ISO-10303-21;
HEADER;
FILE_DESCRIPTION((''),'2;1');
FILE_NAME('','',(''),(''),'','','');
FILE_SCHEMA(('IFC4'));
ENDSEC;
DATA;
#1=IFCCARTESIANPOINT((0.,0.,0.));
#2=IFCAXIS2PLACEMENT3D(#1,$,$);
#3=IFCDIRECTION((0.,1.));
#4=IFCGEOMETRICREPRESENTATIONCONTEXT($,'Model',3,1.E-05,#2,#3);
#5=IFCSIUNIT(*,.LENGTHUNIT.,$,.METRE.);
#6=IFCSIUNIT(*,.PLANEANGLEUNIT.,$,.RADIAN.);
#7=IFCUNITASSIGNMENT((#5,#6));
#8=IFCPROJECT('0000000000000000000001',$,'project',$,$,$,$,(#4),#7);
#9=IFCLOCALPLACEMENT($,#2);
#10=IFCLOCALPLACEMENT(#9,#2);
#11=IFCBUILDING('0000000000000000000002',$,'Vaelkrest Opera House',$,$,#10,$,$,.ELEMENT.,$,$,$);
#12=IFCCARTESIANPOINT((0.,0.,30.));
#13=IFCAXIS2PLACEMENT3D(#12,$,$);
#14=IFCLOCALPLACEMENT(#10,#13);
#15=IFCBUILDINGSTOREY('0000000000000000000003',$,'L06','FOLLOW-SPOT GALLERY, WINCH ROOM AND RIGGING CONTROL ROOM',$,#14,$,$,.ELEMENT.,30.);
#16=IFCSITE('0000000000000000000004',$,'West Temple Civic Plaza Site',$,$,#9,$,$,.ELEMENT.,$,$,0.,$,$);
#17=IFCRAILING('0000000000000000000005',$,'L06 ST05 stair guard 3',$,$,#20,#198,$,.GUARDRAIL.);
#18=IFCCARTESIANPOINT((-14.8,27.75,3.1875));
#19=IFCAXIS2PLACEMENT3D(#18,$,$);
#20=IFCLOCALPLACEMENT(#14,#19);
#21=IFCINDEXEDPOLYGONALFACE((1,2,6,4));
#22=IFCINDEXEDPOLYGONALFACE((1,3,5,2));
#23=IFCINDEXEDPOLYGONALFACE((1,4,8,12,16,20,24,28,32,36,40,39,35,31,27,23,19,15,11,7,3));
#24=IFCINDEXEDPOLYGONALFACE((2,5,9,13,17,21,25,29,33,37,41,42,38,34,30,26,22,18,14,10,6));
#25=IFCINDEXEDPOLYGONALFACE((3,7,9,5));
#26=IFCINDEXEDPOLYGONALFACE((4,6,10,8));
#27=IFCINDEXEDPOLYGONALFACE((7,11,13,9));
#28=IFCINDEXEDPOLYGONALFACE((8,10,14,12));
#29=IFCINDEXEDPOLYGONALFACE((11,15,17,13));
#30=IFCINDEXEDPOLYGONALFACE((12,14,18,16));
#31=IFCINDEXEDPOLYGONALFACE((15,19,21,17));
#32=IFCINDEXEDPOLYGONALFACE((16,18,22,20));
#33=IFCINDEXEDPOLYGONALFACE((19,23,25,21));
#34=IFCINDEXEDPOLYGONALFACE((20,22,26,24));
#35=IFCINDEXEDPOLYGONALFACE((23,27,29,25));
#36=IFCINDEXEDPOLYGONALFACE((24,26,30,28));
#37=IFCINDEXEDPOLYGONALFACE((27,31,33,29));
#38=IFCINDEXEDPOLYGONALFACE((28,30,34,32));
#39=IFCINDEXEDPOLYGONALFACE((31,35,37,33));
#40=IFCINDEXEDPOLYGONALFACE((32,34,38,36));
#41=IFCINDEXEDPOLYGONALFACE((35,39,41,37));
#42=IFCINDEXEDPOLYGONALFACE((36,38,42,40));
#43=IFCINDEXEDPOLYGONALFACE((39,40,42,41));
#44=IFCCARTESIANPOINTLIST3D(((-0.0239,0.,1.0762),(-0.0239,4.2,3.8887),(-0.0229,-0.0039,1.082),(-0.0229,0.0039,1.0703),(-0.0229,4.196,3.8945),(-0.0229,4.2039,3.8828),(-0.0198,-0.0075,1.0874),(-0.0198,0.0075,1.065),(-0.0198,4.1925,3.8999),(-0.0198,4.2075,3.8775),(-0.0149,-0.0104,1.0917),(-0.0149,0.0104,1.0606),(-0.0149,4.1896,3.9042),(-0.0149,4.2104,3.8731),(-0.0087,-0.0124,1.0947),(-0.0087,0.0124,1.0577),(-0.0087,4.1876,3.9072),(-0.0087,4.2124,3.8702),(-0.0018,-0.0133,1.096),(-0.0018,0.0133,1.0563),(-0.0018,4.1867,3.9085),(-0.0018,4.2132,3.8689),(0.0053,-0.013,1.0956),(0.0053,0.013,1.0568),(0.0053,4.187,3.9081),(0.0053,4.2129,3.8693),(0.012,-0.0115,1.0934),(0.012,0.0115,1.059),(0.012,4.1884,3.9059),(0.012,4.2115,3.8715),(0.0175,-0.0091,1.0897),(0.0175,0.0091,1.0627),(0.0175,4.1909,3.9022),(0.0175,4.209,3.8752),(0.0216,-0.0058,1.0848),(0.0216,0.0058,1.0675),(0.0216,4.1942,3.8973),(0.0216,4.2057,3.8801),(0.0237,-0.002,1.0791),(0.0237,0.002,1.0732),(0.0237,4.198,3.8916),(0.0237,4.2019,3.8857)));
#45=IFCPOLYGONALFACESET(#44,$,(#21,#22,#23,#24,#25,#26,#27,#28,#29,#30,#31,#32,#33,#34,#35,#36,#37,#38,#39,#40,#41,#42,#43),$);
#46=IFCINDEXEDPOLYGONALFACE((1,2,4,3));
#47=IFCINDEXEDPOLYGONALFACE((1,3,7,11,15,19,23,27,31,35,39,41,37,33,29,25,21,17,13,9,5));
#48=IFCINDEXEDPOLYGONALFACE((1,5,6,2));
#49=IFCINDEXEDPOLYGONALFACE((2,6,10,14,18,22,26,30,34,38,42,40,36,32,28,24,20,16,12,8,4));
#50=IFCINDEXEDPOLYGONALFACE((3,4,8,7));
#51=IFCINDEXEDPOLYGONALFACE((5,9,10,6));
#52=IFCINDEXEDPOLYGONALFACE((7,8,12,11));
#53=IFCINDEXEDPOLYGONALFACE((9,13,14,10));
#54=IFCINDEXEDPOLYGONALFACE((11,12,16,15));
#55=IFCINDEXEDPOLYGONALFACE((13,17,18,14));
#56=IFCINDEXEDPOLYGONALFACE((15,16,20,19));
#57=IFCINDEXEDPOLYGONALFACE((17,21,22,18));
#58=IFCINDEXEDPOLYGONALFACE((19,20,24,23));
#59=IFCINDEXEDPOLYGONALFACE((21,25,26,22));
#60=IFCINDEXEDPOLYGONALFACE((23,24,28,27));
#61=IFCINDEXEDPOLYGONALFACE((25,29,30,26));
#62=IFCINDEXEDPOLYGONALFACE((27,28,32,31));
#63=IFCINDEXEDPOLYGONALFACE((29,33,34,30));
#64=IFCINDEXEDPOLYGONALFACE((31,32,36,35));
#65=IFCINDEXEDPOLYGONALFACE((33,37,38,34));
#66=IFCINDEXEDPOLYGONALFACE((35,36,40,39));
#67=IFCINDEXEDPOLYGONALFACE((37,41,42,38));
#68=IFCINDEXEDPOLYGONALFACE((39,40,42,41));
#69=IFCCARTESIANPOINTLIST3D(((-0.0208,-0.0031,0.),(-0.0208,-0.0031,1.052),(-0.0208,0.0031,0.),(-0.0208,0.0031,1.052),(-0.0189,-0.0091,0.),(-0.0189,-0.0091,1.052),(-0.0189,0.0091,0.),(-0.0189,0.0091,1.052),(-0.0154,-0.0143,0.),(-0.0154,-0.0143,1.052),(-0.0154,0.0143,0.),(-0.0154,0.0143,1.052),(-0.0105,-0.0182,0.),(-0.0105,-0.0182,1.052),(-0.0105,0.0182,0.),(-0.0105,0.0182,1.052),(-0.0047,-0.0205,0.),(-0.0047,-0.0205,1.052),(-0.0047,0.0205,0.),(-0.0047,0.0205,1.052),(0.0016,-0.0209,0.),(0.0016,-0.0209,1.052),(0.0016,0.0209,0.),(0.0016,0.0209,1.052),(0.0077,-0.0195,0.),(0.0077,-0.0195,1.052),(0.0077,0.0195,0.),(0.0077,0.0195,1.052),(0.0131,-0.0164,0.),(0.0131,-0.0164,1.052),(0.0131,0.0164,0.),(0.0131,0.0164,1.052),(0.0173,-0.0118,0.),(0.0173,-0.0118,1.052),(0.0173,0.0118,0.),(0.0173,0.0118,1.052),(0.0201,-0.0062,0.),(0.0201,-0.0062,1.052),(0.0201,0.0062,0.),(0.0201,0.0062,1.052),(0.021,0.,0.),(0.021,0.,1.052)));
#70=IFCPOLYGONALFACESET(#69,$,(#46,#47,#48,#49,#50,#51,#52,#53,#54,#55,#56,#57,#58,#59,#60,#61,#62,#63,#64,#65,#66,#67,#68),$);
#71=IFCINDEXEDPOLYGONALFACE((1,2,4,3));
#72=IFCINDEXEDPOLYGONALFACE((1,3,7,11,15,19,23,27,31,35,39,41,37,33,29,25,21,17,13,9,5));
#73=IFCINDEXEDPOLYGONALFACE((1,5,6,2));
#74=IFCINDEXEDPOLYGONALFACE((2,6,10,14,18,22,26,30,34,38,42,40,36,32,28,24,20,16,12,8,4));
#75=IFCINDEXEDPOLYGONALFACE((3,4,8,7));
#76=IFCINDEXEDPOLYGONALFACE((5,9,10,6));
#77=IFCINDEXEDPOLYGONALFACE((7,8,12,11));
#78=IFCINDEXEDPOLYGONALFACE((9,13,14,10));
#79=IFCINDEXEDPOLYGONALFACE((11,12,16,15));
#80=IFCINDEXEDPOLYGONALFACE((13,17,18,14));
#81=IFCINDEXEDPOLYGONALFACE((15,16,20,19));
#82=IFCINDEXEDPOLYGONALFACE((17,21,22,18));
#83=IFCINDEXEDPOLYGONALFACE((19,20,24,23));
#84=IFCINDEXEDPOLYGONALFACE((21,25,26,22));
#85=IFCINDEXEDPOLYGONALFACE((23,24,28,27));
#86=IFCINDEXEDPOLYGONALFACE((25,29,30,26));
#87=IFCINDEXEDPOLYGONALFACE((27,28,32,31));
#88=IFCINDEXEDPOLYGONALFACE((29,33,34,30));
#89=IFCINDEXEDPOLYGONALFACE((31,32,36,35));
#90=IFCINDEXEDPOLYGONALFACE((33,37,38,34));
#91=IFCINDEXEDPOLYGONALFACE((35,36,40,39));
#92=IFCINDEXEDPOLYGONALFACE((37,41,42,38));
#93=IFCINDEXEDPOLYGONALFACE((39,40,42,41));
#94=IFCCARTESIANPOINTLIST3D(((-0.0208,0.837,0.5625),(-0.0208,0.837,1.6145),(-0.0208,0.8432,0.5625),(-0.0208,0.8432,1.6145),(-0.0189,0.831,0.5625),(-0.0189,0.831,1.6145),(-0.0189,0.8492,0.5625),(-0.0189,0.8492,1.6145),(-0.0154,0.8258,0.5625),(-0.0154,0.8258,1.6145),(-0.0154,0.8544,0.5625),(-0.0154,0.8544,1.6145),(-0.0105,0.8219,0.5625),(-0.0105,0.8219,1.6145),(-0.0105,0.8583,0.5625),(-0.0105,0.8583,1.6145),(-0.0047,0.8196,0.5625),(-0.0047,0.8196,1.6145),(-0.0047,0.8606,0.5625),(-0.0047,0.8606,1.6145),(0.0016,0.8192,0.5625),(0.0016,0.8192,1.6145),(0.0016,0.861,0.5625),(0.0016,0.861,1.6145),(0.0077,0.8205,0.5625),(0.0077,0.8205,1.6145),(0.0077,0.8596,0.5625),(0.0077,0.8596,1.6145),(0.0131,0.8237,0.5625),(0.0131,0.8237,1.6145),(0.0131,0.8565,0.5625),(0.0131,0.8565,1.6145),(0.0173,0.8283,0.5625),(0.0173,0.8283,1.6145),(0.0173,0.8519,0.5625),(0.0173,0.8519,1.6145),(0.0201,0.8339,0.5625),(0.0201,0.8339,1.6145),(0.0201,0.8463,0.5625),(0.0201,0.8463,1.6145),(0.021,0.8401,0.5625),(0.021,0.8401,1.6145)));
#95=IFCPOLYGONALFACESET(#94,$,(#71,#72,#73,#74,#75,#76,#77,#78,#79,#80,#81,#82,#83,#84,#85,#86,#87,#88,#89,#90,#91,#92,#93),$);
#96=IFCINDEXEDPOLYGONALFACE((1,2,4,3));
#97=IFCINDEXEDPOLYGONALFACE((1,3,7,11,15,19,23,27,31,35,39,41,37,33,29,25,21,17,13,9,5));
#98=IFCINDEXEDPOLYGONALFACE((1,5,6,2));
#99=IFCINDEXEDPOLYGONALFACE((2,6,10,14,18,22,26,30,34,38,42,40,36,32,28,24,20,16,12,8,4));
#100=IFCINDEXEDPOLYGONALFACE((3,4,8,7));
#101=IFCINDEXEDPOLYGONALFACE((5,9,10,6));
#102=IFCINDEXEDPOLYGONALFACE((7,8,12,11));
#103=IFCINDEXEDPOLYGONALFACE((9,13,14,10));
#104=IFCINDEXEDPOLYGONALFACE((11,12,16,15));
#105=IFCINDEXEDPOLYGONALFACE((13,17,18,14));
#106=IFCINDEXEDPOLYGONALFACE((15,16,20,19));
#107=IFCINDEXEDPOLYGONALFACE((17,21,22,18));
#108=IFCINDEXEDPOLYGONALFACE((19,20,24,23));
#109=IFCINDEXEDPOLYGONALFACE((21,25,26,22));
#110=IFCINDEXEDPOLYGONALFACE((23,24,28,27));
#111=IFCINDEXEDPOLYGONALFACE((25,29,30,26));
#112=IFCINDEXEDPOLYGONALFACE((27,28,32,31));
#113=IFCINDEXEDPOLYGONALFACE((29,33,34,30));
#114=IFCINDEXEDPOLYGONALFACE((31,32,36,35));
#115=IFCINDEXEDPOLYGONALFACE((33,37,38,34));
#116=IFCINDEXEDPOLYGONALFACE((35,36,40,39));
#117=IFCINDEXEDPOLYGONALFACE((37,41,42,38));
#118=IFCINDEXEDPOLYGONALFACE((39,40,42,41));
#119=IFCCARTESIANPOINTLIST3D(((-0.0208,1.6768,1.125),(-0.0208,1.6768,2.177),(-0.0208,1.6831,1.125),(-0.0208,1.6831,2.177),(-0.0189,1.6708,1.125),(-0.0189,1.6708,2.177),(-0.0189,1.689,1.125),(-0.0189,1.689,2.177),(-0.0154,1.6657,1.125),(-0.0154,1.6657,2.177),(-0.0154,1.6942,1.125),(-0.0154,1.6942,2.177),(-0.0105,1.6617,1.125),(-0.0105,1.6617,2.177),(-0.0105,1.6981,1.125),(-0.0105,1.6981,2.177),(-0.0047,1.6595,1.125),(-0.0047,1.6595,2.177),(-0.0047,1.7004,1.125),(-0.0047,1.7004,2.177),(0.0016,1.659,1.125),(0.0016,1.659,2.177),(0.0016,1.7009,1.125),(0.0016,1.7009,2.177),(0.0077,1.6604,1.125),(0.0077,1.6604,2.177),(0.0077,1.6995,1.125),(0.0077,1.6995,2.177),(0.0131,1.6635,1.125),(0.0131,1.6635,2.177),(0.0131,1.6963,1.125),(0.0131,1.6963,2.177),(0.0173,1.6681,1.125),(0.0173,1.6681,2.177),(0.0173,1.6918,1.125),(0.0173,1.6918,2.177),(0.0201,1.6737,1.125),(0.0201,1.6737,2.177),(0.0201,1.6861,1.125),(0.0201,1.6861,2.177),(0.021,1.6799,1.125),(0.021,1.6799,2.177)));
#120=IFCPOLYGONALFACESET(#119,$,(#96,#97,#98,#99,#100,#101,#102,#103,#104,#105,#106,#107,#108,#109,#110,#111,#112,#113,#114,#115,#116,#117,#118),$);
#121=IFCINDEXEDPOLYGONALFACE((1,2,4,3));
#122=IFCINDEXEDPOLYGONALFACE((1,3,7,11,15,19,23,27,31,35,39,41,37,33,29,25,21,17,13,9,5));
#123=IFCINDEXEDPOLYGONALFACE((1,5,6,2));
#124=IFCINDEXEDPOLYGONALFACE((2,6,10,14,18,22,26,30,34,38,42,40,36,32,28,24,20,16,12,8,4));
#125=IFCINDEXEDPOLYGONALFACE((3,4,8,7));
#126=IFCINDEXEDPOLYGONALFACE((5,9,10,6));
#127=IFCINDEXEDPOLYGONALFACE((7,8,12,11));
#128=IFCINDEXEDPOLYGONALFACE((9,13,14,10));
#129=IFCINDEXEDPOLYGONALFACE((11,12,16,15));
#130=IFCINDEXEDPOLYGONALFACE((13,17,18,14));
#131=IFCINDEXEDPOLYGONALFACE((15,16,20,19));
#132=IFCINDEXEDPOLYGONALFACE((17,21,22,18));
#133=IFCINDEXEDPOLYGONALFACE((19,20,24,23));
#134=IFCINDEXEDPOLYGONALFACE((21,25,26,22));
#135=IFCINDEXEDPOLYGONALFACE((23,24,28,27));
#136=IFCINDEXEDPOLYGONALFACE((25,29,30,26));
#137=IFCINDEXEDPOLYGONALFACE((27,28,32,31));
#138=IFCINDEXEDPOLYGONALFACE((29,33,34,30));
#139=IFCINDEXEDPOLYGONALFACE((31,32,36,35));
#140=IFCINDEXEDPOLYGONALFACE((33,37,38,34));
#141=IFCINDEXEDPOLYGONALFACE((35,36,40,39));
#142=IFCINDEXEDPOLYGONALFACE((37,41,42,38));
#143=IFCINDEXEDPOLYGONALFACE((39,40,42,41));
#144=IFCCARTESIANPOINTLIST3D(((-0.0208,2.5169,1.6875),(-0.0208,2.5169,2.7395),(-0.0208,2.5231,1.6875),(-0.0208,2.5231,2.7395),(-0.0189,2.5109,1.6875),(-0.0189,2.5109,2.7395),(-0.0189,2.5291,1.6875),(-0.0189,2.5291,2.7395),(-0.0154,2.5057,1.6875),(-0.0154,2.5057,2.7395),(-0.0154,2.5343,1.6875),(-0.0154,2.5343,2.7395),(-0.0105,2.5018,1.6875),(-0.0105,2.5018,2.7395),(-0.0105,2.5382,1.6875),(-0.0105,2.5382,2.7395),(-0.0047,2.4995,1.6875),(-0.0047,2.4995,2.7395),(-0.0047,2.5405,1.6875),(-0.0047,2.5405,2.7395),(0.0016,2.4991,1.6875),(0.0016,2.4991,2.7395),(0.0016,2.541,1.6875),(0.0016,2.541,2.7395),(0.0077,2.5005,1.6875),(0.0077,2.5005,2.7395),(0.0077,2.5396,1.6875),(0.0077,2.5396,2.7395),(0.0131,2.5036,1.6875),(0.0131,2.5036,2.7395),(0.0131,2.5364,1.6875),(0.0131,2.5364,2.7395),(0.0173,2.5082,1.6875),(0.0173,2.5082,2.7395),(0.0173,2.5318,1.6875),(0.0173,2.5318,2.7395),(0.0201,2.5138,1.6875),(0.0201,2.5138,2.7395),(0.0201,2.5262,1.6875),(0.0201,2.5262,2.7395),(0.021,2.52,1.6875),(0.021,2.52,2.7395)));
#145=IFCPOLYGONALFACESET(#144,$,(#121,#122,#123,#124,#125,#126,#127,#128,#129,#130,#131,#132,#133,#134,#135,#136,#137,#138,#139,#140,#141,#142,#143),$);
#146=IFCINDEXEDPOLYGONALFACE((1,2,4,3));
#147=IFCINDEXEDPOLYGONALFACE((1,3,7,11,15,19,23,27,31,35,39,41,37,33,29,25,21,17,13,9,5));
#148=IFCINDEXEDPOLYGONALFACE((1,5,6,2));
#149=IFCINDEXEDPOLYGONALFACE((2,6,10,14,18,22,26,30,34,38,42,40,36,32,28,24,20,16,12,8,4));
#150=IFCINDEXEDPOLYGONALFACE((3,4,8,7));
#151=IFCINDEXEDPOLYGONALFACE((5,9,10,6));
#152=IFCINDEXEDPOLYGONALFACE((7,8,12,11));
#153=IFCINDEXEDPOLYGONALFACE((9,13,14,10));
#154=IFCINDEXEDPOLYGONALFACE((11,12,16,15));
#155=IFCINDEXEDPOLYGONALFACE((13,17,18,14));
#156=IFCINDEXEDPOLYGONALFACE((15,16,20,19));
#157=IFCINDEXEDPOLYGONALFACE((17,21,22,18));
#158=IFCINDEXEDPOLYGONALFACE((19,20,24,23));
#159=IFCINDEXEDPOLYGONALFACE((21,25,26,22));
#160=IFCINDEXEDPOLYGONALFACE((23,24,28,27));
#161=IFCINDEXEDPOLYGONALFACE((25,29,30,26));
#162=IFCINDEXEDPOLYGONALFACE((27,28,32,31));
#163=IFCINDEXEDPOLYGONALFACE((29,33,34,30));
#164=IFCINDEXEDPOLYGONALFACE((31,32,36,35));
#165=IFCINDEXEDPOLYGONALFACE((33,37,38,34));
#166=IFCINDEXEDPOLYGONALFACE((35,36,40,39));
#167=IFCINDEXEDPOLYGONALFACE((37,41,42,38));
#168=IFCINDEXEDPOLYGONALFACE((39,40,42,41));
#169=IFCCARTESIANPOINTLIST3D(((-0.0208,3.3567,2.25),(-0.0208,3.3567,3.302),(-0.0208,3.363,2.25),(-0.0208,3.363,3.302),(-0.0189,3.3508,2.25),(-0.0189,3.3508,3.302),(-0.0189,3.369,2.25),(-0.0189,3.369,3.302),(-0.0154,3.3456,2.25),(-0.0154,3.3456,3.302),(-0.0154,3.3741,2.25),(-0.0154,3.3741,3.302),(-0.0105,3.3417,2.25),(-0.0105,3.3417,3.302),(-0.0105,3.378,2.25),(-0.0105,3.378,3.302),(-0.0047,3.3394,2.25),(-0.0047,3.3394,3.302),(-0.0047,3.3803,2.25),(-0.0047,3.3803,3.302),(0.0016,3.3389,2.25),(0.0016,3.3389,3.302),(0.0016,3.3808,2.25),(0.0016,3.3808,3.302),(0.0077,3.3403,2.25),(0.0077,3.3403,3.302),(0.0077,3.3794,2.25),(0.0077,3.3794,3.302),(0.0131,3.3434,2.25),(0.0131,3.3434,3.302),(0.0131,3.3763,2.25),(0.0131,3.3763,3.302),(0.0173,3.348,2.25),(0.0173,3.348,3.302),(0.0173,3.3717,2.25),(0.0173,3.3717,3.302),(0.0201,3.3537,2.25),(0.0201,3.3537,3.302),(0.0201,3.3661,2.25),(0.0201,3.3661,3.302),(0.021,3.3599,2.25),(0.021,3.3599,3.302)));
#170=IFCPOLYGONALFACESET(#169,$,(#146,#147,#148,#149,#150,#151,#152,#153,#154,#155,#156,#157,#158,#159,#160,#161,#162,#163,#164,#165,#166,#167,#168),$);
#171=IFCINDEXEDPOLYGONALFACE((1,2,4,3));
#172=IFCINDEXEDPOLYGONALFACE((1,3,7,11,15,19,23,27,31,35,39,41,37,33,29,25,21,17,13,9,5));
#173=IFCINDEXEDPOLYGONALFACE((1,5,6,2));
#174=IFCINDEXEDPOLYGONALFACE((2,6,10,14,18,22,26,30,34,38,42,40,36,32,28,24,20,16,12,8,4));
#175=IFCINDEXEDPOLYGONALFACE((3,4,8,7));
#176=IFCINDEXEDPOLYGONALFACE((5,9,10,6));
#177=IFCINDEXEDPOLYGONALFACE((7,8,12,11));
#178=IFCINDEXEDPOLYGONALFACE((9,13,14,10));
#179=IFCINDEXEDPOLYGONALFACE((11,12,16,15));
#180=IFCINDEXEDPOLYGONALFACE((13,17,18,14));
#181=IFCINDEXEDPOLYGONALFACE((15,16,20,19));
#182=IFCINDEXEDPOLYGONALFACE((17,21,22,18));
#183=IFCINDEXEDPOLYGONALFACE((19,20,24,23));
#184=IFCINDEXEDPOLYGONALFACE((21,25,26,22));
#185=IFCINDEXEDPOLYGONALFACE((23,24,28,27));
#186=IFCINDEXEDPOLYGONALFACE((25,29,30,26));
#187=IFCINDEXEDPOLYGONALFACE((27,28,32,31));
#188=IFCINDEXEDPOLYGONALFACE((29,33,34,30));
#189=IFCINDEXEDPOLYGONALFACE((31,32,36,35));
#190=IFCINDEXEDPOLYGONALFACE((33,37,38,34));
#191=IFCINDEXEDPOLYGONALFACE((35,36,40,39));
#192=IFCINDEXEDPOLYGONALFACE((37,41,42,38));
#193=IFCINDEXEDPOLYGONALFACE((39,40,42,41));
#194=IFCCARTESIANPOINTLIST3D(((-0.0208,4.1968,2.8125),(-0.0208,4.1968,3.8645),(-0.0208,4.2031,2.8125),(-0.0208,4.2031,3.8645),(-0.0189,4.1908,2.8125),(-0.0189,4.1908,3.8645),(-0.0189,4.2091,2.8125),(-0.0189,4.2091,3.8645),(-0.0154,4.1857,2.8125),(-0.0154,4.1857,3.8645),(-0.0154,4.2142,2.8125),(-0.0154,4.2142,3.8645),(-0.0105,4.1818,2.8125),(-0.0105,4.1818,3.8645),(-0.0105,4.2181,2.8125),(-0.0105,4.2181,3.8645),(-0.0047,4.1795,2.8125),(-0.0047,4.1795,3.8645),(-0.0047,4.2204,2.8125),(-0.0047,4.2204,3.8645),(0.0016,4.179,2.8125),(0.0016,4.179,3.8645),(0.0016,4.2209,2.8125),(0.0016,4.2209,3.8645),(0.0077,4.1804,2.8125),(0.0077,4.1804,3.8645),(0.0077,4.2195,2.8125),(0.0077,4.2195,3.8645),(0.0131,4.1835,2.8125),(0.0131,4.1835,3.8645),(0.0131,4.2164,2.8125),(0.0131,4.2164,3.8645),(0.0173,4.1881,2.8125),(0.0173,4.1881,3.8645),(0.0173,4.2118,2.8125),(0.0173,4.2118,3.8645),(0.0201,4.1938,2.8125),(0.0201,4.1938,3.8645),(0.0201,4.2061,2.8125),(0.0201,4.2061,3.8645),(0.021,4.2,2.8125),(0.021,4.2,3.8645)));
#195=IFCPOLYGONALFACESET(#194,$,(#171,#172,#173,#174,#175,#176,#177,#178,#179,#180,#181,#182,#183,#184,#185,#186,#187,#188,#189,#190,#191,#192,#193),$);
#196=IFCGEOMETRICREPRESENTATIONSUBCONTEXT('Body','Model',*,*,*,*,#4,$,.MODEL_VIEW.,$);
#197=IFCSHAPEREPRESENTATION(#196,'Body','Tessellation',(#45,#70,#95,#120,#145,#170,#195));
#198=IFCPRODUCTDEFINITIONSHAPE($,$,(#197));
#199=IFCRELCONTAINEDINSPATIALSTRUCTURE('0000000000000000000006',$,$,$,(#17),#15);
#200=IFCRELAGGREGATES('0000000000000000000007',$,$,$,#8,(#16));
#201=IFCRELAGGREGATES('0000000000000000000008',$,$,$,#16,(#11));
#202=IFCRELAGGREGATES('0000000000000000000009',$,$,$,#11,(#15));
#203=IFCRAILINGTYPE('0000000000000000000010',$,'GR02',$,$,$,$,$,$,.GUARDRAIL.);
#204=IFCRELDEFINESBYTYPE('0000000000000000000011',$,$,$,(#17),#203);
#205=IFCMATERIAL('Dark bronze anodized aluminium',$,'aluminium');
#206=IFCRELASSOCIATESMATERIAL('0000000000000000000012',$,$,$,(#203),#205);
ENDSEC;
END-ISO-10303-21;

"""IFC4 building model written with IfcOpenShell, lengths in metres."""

from ifc_helpers import new_model, si_unit, direction, frame, origin, origin_2d, place, context, subcontext, project, spatial, circle, extrude, material, type_object, element, save


model = new_model("IFC4")

# Units and contexts
model_context = context("Model", 3, precision=1e-05, world=origin(), true_north=direction((0.0, 1.0)))
body_context = subcontext(model_context, "Body", "Model", "MODEL_VIEW")
ifc_project = project(units=[si_unit("LENGTHUNIT", "METRE"), si_unit("PLANEANGLEUNIT", "RADIAN")], contexts=[model_context])

# Site, building, storey
site_placement = place(None, origin())
site = spatial("IfcSite", under=ifc_project, at=site_placement, Name="West Temple Civic Plaza Site", CompositionType="ELEMENT", RefElevation=0.0)
building_placement = place(site_placement, origin())
building = spatial("IfcBuilding", under=site, at=building_placement, Name="Vaelkrest Opera House", CompositionType="ELEMENT")
storey_placement = place(building_placement, frame((0.0, 0.0, 30.0)))
storey = spatial("IfcBuildingStorey", under=building, at=storey_placement, Name="L06", Description="FOLLOW-SPOT GALLERY, WINCH ROOM AND RIGGING CONTROL ROOM", CompositionType="ELEMENT", Elevation=30.0)

# Shared definitions
ifc_material_1 = material(Name="Dark bronze anodized aluminium", Category="aluminium")

# Railing
railing_type_1 = type_object("IfcRailingType", Name="GR02", PredefinedType="GUARDRAIL", material=ifc_material_1)
railing_1_placement = place(storey_placement, frame((-14.8, 27.75, 3.1875)))
element("IfcRailing", 1, at=railing_1_placement, inside=storey, type_object=railing_type_1, Name="L06 ST05 stair guard 3", PredefinedType="GUARDRAIL", context=body_context, shape_type="SweptSolid", body=[
    extrude(circle(Radius=0.0239, at=origin_2d()), frame((0.0, 0.0, 1.0762), z_axis=(0.0, 0.830904, 0.556416), x_axis=(-1.0, 0.0, 0.0)), (0.0, 0.0, 1.0), 5.0547),
    extrude(circle(Radius=0.021, at=origin_2d()), origin(), (0.0, 0.0, 1.0), 1.052),
    extrude(circle(Radius=0.021, at=origin_2d()), frame((0.0, 0.8401, 0.5625)), (0.0, 0.0, 1.0), 1.052),
    extrude(circle(Radius=0.021, at=origin_2d()), frame((0.0, 1.6799, 1.125)), (0.0, 0.0, 1.0), 1.052),
    extrude(circle(Radius=0.021, at=origin_2d()), frame((0.0, 2.52, 1.6875)), (0.0, 0.0, 1.0), 1.052),
    extrude(circle(Radius=0.021, at=origin_2d()), frame((0.0, 3.3599, 2.25)), (0.0, 0.0, 1.0), 1.052),
    extrude(circle(Radius=0.021, at=origin_2d()), frame((0.0, 4.2, 2.8125)), (0.0, 0.0, 1.0), 1.052),
])

save(model, "model.ifc")
